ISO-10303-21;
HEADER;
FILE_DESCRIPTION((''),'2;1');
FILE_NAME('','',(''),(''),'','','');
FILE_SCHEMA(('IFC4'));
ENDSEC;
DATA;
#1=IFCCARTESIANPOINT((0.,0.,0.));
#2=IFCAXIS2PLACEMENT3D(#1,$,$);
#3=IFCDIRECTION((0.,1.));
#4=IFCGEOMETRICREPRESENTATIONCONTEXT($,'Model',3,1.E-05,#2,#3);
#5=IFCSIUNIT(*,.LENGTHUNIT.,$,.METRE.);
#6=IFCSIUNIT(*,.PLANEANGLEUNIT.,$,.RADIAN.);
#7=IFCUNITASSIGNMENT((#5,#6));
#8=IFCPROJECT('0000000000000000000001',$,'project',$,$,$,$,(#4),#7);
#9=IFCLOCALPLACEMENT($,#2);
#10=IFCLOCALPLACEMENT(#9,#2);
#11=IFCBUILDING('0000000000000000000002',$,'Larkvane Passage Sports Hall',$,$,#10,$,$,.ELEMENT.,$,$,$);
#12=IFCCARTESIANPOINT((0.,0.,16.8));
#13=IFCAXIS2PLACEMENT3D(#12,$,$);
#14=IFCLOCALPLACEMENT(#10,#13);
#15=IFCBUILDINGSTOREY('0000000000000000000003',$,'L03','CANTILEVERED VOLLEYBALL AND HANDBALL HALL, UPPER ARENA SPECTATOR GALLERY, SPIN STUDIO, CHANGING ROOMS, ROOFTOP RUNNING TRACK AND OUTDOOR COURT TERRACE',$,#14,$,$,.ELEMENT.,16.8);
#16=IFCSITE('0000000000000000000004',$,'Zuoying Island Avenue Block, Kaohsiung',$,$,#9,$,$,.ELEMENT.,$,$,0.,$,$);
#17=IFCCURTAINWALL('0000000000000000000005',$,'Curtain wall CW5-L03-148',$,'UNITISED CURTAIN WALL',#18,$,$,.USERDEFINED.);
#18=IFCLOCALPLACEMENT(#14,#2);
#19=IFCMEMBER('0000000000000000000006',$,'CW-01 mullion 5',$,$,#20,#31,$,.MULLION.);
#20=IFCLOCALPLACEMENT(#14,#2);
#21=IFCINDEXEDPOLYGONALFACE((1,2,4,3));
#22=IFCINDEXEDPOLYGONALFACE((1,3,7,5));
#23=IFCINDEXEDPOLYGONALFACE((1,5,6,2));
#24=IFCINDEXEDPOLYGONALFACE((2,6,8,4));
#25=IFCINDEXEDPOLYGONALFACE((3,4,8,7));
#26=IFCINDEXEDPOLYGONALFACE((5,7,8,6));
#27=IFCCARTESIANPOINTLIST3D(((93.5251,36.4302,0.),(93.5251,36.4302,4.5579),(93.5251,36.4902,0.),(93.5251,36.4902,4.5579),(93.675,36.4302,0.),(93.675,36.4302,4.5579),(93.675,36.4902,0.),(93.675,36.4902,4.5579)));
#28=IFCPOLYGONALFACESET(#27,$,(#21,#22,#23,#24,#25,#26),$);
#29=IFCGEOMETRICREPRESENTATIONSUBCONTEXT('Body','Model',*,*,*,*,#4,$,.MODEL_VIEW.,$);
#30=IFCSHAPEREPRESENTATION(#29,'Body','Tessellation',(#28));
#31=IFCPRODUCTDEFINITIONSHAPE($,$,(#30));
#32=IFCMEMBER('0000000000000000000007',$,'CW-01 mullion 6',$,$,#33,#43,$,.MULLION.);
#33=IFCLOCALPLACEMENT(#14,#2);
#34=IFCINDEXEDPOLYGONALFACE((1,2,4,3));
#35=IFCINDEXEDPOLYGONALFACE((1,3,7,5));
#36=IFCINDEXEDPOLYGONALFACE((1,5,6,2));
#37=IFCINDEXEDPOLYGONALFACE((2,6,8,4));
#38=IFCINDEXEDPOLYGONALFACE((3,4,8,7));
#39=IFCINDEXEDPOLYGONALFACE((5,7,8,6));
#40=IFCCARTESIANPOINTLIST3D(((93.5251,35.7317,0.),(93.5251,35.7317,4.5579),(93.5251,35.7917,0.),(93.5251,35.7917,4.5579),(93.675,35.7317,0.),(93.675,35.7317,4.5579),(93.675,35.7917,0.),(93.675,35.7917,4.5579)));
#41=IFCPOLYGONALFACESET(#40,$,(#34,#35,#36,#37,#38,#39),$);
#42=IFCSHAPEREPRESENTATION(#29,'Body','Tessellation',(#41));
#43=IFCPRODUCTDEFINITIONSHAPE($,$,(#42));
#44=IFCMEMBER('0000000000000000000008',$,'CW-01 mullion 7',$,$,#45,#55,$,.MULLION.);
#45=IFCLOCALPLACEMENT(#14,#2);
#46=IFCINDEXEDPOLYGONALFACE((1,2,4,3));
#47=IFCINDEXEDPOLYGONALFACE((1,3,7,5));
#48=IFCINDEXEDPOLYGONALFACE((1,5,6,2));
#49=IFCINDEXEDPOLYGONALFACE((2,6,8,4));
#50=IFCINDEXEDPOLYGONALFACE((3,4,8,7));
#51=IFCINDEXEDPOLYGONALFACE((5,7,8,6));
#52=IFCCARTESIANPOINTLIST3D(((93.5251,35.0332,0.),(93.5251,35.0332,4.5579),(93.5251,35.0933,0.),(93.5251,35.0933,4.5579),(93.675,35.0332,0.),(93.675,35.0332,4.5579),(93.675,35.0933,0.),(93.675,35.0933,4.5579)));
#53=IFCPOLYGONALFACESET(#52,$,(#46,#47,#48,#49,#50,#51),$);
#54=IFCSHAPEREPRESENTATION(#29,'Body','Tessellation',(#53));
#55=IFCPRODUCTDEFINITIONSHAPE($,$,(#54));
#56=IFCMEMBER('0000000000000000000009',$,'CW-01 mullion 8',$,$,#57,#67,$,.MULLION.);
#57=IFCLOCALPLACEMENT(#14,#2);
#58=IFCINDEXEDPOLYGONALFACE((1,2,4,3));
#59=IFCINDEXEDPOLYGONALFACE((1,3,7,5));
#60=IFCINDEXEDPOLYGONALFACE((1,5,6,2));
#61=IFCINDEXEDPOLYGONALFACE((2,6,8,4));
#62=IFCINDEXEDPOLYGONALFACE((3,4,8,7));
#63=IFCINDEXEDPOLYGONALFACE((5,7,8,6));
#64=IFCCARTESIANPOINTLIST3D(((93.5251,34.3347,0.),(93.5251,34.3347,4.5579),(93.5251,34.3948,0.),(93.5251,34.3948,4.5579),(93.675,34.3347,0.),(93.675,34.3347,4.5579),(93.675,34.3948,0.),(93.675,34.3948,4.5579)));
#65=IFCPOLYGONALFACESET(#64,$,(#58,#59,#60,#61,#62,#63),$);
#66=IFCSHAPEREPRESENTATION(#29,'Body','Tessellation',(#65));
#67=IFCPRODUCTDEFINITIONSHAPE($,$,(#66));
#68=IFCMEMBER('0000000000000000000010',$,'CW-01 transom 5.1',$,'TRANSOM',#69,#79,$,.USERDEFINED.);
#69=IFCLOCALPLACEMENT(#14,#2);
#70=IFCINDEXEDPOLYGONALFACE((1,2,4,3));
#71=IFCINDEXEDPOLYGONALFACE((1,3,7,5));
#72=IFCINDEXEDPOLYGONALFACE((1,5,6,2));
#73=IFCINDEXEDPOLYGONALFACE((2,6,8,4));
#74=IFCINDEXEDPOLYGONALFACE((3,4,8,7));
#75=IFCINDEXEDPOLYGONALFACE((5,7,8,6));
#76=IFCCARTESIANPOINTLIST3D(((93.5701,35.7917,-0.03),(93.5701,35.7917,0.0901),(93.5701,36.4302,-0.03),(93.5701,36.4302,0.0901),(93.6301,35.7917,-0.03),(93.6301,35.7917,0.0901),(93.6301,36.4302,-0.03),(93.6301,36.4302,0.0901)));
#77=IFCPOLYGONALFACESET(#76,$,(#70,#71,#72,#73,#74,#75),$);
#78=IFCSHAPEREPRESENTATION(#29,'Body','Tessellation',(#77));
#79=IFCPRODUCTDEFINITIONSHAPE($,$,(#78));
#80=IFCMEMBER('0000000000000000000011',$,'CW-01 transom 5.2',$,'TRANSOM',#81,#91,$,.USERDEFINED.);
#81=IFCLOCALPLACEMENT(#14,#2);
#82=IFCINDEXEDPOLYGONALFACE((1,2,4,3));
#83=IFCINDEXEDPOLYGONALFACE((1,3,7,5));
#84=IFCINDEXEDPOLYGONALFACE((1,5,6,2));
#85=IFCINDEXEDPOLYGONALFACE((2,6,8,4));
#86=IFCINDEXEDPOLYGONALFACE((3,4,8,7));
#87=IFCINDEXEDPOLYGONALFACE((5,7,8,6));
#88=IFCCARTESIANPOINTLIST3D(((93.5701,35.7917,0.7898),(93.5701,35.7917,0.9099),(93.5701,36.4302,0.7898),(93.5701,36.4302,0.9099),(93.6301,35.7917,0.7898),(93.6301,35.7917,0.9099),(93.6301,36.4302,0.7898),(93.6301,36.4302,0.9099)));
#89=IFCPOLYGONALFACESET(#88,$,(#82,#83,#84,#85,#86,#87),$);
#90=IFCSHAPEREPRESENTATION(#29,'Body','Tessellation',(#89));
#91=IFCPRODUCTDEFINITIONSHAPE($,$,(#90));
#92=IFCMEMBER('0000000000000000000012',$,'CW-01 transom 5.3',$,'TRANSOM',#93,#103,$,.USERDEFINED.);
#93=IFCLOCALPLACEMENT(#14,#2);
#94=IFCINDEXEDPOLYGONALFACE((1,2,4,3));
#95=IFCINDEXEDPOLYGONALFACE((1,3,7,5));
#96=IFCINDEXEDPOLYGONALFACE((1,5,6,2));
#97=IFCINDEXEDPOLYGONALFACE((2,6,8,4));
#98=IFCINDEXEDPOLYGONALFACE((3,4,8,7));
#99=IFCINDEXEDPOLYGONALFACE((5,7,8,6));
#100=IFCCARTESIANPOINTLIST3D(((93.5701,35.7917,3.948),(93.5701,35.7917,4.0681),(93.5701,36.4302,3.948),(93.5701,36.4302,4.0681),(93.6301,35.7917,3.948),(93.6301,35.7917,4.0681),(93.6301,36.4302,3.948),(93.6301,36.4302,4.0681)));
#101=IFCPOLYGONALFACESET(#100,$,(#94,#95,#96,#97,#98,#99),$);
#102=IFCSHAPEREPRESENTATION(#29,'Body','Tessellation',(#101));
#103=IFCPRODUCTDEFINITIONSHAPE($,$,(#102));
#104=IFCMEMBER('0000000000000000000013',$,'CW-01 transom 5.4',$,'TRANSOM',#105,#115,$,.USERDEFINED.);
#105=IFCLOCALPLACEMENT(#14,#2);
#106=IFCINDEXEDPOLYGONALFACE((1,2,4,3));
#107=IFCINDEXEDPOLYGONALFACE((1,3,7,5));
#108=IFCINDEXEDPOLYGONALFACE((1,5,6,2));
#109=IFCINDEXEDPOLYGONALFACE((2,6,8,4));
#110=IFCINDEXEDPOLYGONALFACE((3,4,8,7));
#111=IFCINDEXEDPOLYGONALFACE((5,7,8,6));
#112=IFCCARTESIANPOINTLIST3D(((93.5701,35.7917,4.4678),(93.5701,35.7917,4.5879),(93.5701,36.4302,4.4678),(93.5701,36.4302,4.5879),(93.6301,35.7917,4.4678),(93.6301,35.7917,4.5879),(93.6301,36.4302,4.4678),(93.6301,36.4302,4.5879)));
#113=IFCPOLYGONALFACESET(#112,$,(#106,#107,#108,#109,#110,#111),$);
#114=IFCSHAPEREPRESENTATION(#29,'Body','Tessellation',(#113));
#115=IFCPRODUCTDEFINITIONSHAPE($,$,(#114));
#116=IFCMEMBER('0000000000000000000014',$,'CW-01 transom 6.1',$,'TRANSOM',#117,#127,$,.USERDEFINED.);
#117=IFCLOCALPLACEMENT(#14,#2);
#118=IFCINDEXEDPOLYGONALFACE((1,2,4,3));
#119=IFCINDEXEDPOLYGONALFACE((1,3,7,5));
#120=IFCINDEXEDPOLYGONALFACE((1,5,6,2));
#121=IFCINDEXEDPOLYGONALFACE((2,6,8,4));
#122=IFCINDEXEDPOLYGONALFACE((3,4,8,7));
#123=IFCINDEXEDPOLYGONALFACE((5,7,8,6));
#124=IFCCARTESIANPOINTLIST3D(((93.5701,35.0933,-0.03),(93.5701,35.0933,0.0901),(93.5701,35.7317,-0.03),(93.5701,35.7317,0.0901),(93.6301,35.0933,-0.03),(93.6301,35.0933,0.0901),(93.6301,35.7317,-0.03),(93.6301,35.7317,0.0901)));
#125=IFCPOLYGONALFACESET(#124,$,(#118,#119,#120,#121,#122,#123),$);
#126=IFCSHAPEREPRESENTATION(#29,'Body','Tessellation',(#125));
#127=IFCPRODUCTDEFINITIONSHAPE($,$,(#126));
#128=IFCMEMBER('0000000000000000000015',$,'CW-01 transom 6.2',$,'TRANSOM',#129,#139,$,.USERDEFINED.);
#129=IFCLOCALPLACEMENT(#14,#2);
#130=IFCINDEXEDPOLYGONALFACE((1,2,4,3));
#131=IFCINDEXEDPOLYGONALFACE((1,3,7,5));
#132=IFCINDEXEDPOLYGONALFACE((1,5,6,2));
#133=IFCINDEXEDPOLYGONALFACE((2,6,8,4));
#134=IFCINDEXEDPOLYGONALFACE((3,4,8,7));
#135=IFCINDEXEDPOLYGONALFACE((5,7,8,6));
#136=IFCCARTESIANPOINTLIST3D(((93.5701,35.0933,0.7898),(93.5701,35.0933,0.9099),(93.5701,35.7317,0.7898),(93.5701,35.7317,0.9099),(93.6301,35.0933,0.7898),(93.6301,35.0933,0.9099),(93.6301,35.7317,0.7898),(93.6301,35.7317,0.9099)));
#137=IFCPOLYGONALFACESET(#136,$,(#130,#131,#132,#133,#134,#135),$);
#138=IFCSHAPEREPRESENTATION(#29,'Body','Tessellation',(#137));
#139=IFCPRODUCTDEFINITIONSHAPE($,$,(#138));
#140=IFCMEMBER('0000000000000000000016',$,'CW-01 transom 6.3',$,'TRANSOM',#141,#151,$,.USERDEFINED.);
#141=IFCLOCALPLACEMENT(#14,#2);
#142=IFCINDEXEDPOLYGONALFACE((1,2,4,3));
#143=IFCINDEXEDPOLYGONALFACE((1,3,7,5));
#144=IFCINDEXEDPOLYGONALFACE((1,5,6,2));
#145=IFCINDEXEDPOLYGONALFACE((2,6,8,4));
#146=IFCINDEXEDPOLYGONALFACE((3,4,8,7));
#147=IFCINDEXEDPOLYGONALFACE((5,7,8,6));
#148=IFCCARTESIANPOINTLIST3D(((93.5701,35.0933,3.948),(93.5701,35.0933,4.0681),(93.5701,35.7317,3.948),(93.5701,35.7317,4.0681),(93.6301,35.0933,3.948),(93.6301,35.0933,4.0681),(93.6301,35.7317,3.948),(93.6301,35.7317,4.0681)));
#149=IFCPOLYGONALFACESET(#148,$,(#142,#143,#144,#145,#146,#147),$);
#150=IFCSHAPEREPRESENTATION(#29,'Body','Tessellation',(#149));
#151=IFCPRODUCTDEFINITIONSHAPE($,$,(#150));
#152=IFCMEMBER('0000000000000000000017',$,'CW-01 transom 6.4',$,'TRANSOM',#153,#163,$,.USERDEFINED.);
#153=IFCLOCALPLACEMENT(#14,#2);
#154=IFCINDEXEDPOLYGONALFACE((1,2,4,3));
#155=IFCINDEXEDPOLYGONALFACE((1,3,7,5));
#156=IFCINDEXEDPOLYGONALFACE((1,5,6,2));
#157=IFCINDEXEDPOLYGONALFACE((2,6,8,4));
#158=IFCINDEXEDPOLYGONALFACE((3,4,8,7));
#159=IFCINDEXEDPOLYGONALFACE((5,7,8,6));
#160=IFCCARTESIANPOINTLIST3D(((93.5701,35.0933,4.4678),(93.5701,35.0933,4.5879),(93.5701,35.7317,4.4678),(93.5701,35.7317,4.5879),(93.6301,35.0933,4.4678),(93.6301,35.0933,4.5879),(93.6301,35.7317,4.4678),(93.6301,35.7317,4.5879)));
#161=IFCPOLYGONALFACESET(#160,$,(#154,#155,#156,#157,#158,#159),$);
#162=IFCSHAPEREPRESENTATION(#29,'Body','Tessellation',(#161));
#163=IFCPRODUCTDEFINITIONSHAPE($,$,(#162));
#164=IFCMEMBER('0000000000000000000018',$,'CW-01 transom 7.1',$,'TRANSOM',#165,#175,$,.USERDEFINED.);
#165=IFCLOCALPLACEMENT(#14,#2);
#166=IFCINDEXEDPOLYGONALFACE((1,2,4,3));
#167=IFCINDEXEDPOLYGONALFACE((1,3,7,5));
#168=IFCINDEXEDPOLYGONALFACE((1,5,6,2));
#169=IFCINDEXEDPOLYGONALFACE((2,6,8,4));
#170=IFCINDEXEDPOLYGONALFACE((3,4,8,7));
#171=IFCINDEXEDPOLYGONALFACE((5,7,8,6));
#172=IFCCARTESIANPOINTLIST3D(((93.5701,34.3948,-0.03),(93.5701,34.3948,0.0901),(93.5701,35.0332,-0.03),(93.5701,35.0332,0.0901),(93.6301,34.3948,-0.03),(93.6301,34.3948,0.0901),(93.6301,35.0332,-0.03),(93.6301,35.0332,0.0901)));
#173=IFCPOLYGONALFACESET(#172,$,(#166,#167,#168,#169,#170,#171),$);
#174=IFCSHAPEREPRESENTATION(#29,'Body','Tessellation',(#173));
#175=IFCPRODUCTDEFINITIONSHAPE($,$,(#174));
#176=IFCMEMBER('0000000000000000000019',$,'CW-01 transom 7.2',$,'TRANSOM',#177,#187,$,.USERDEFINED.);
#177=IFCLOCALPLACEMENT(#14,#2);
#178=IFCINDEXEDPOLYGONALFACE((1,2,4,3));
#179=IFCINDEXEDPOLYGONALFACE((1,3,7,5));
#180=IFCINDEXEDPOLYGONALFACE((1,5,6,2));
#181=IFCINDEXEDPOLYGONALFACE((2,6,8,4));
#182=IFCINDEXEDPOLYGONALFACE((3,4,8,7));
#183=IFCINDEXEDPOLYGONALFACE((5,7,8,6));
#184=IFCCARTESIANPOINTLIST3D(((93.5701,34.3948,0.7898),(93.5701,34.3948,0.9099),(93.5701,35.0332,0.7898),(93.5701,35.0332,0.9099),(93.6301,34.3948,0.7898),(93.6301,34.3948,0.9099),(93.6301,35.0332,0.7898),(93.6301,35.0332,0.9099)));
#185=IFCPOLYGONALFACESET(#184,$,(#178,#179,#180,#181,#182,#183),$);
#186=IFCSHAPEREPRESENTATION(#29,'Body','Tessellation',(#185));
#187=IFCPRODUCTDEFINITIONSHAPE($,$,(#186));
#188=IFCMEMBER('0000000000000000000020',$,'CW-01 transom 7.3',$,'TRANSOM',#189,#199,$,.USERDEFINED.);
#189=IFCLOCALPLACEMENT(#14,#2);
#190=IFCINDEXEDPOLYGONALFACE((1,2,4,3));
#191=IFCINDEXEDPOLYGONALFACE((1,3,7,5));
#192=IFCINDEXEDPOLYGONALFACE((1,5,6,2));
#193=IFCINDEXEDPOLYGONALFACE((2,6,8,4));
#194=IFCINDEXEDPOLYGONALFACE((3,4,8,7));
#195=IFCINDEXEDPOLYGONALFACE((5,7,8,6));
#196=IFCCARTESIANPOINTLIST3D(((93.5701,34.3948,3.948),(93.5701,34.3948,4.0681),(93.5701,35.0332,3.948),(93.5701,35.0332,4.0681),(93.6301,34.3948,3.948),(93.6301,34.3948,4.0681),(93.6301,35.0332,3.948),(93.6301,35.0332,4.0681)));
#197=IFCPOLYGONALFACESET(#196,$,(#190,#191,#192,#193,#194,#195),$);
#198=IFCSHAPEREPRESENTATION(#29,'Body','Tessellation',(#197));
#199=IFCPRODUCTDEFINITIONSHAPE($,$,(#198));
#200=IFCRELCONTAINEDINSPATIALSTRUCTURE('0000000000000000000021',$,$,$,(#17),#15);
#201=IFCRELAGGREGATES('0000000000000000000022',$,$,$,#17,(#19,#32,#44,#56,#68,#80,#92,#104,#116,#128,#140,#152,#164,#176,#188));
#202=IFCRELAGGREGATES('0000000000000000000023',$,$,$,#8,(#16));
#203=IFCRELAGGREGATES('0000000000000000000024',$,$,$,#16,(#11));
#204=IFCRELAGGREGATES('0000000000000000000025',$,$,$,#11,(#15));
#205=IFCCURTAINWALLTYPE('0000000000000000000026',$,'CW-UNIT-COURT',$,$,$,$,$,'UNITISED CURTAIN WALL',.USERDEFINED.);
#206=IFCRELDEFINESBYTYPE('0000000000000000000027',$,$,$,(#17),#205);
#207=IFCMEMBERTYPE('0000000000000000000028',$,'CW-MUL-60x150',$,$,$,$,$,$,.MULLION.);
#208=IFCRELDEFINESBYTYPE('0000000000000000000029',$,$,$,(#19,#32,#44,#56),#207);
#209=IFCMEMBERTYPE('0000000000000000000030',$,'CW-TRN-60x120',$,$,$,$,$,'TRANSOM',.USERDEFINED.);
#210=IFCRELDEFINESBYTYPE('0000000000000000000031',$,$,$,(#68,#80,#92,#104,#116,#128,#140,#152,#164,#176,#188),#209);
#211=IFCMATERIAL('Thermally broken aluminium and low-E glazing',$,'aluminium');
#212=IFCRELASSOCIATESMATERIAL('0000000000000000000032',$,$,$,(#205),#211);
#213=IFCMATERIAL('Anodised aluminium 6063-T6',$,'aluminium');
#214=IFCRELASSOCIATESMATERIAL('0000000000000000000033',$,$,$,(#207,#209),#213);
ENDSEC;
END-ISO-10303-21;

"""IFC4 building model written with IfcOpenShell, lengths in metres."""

from ifc_helpers import new_model, si_unit, direction, frame, origin, origin_2d, place, context, subcontext, project, spatial, rectangle, extrude, material, material_profile, profile_set, type_object, element, aggregate, save


model = new_model("IFC4")

# Units and contexts
model_context = context("Model", 3, precision=1e-05, world=origin(), true_north=direction((0.0, 1.0)))
body_context = subcontext(model_context, "Body", "Model", "MODEL_VIEW")
ifc_project = project(units=[si_unit("LENGTHUNIT", "METRE"), si_unit("PLANEANGLEUNIT", "RADIAN")], contexts=[model_context])

# Site, building, storey
site_placement = place(None, origin())
site = spatial("IfcSite", under=ifc_project, at=site_placement, Name="Zuoying Island Avenue Block, Kaohsiung", CompositionType="ELEMENT", RefElevation=0.0)
building_placement = place(site_placement, origin())
building = spatial("IfcBuilding", under=site, at=building_placement, Name="Larkvane Passage Sports Hall", CompositionType="ELEMENT")
storey_placement = place(building_placement, frame((0.0, 0.0, 16.8)))
storey = spatial("IfcBuildingStorey", under=building, at=storey_placement, Name="L03", Description="CANTILEVERED VOLLEYBALL AND HANDBALL HALL, UPPER ARENA SPECTATOR GALLERY, SPIN STUDIO, CHANGING ROOMS, ROOFTOP RUNNING TRACK AND OUTDOOR COURT TERRACE", CompositionType="ELEMENT", Elevation=16.8)

# Curtain wall, members
ifc_material_1 = material(Name="Thermally broken aluminium and low-E glazing", Category="aluminium")
curtain_wall_type = type_object("IfcCurtainWallType", Name="CW-UNIT-COURT", ElementType="UNITISED CURTAIN WALL", PredefinedType="USERDEFINED", material=ifc_material_1)
curtain_wall_placement = place(storey_placement, origin())
curtain_wall = element("IfcCurtainWall", 1, at=curtain_wall_placement, inside=storey, type_object=curtain_wall_type, Name="Curtain wall CW5-L03-148", ObjectType="UNITISED CURTAIN WALL", PredefinedType="USERDEFINED")
ifc_material_2 = material(Name="Anodised aluminium 6063-T6", Category="aluminium")
ifc_material_profile_1 = material_profile(ifc_material_2, rectangle(XDim=0.0601, YDim=0.1499, at=origin_2d()), Name="ALU-MUL-60x150")
ifc_profile_set_1 = profile_set([ifc_material_profile_1], Name="Anodised aluminium 6063-T6")
member_type_1 = type_object("IfcMemberType", Name="CW-MUL-60x150", PredefinedType="MULLION", material=ifc_profile_set_1)
member_1_placement = place(storey_placement, frame((93.6001, 36.4602, 0.0), z_axis=(0.0, 0.0, 1.0), x_axis=(0.0, -1.0, 0.0)))
member_1 = element("IfcMember", 2, at=member_1_placement, type_object=member_type_1, Name="CW-01 mullion 5", PredefinedType="MULLION", context=body_context, shape_type="SweptSolid", body=[
    extrude(rectangle(XDim=0.0601, YDim=0.1499, at=origin_2d()), origin(), (0.0, 0.0, 1.0), 4.5579),
])
member_2_placement = place(storey_placement, frame((93.6001, 35.7617, 0.0), z_axis=(0.0, 0.0, 1.0), x_axis=(0.0, -1.0, 0.0)))
member_2 = element("IfcMember", 3, at=member_2_placement, type_object=member_type_1, Name="CW-01 mullion 6", PredefinedType="MULLION", context=body_context, shape_type="SweptSolid", body=[
    extrude(rectangle(XDim=0.0601, YDim=0.1499, at=origin_2d()), origin(), (0.0, 0.0, 1.0), 4.5579),
])
member_3_placement = place(storey_placement, frame((93.6001, 35.0632, 0.0), z_axis=(0.0, 0.0, 1.0), x_axis=(0.0, -1.0, 0.0)))
member_3 = element("IfcMember", 4, at=member_3_placement, type_object=member_type_1, Name="CW-01 mullion 7", PredefinedType="MULLION", context=body_context, shape_type="SweptSolid", body=[
    extrude(rectangle(XDim=0.0601, YDim=0.1499, at=origin_2d()), origin(), (0.0, 0.0, 1.0), 4.5579),
])
member_4_placement = place(storey_placement, frame((93.6001, 34.3647, 0.0), z_axis=(0.0, 0.0, 1.0), x_axis=(0.0, -1.0, 0.0)))
member_4 = element("IfcMember", 5, at=member_4_placement, type_object=member_type_1, Name="CW-01 mullion 8", PredefinedType="MULLION", context=body_context, shape_type="SweptSolid", body=[
    extrude(rectangle(XDim=0.0601, YDim=0.1499, at=origin_2d()), origin(), (0.0, 0.0, 1.0), 4.5579),
])
ifc_material_profile_2 = material_profile(ifc_material_2, rectangle(XDim=0.0601, YDim=0.1201, at=origin_2d()), Name="ALU-TRN-60x120")
ifc_profile_set_2 = profile_set([ifc_material_profile_2], Name="Anodised aluminium 6063-T6")
member_type_2 = type_object("IfcMemberType", Name="CW-TRN-60x120", ElementType="TRANSOM", PredefinedType="USERDEFINED", material=ifc_profile_set_2)
member_5_placement = place(storey_placement, frame((93.6001, 36.4302, 0.03), z_axis=(0.0, -1.0, 0.0), x_axis=(1.0, 0.0, 0.0)))
member_5 = element("IfcMember", 6, at=member_5_placement, type_object=member_type_2, Name="CW-01 transom 5.1", ObjectType="TRANSOM", PredefinedType="USERDEFINED", context=body_context, shape_type="SweptSolid", body=[
    extrude(rectangle(XDim=0.0601, YDim=0.1201, at=origin_2d()), origin(), (0.0, 0.0, 1.0), 0.6384),
])
member_6_placement = place(storey_placement, frame((93.6001, 36.4302, 0.8499), z_axis=(0.0, -1.0, 0.0), x_axis=(1.0, 0.0, 0.0)))
member_6 = element("IfcMember", 7, at=member_6_placement, type_object=member_type_2, Name="CW-01 transom 5.2", ObjectType="TRANSOM", PredefinedType="USERDEFINED", context=body_context, shape_type="SweptSolid", body=[
    extrude(rectangle(XDim=0.0601, YDim=0.1201, at=origin_2d()), origin(), (0.0, 0.0, 1.0), 0.6384),
])
member_7_placement = place(storey_placement, frame((93.6001, 36.4302, 4.0081), z_axis=(0.0, -1.0, 0.0), x_axis=(1.0, 0.0, 0.0)))
member_7 = element("IfcMember", 8, at=member_7_placement, type_object=member_type_2, Name="CW-01 transom 5.3", ObjectType="TRANSOM", PredefinedType="USERDEFINED", context=body_context, shape_type="SweptSolid", body=[
    extrude(rectangle(XDim=0.0601, YDim=0.1201, at=origin_2d()), origin(), (0.0, 0.0, 1.0), 0.6384),
])
member_8_placement = place(storey_placement, frame((93.6001, 36.4302, 4.5278), z_axis=(0.0, -1.0, 0.0), x_axis=(1.0, 0.0, 0.0)))
member_8 = element("IfcMember", 9, at=member_8_placement, type_object=member_type_2, Name="CW-01 transom 5.4", ObjectType="TRANSOM", PredefinedType="USERDEFINED", context=body_context, shape_type="SweptSolid", body=[
    extrude(rectangle(XDim=0.0601, YDim=0.1201, at=origin_2d()), origin(), (0.0, 0.0, 1.0), 0.6384),
])
member_9_placement = place(storey_placement, frame((93.6001, 35.7317, 0.03), z_axis=(0.0, -1.0, 0.0), x_axis=(1.0, 0.0, 0.0)))
member_9 = element("IfcMember", 10, at=member_9_placement, type_object=member_type_2, Name="CW-01 transom 6.1", ObjectType="TRANSOM", PredefinedType="USERDEFINED", context=body_context, shape_type="SweptSolid", body=[
    extrude(rectangle(XDim=0.0601, YDim=0.1201, at=origin_2d()), origin(), (0.0, 0.0, 1.0), 0.6384),
])
member_10_placement = place(storey_placement, frame((93.6001, 35.7317, 0.8499), z_axis=(0.0, -1.0, 0.0), x_axis=(1.0, 0.0, 0.0)))
member_10 = element("IfcMember", 11, at=member_10_placement, type_object=member_type_2, Name="CW-01 transom 6.2", ObjectType="TRANSOM", PredefinedType="USERDEFINED", context=body_context, shape_type="SweptSolid", body=[
    extrude(rectangle(XDim=0.0601, YDim=0.1201, at=origin_2d()), origin(), (0.0, 0.0, 1.0), 0.6384),
])
member_11_placement = place(storey_placement, frame((93.6001, 35.7317, 4.0081), z_axis=(0.0, -1.0, 0.0), x_axis=(1.0, 0.0, 0.0)))
member_11 = element("IfcMember", 12, at=member_11_placement, type_object=member_type_2, Name="CW-01 transom 6.3", ObjectType="TRANSOM", PredefinedType="USERDEFINED", context=body_context, shape_type="SweptSolid", body=[
    extrude(rectangle(XDim=0.0601, YDim=0.1201, at=origin_2d()), origin(), (0.0, 0.0, 1.0), 0.6384),
])
member_12_placement = place(storey_placement, frame((93.6001, 35.7317, 4.5278), z_axis=(0.0, -1.0, 0.0), x_axis=(1.0, 0.0, 0.0)))
member_12 = element("IfcMember", 13, at=member_12_placement, type_object=member_type_2, Name="CW-01 transom 6.4", ObjectType="TRANSOM", PredefinedType="USERDEFINED", context=body_context, shape_type="SweptSolid", body=[
    extrude(rectangle(XDim=0.0601, YDim=0.1201, at=origin_2d()), origin(), (0.0, 0.0, 1.0), 0.6384),
])
member_13_placement = place(storey_placement, frame((93.6001, 35.0332, 0.03), z_axis=(0.0, -1.0, 0.0), x_axis=(1.0, 0.0, 0.0)))
member_13 = element("IfcMember", 14, at=member_13_placement, type_object=member_type_2, Name="CW-01 transom 7.1", ObjectType="TRANSOM", PredefinedType="USERDEFINED", context=body_context, shape_type="SweptSolid", body=[
    extrude(rectangle(XDim=0.0601, YDim=0.1201, at=origin_2d()), origin(), (0.0, 0.0, 1.0), 0.6384),
])
member_14_placement = place(storey_placement, frame((93.6001, 35.0332, 0.8499), z_axis=(0.0, -1.0, 0.0), x_axis=(1.0, 0.0, 0.0)))
member_14 = element("IfcMember", 15, at=member_14_placement, type_object=member_type_2, Name="CW-01 transom 7.2", ObjectType="TRANSOM", PredefinedType="USERDEFINED", context=body_context, shape_type="SweptSolid", body=[
    extrude(rectangle(XDim=0.0601, YDim=0.1201, at=origin_2d()), origin(), (0.0, 0.0, 1.0), 0.6384),
])
member_15_placement = place(storey_placement, frame((93.6001, 35.0332, 4.0081), z_axis=(0.0, -1.0, 0.0), x_axis=(1.0, 0.0, 0.0)))
member_15 = element("IfcMember", 16, at=member_15_placement, type_object=member_type_2, Name="CW-01 transom 7.3", ObjectType="TRANSOM", PredefinedType="USERDEFINED", context=body_context, shape_type="SweptSolid", body=[
    extrude(rectangle(XDim=0.0601, YDim=0.1201, at=origin_2d()), origin(), (0.0, 0.0, 1.0), 0.6384),
])
aggregate(curtain_wall, [member_1, member_2, member_3, member_4, member_5, member_6, member_7, member_8, member_9, member_10, member_11, member_12, member_13, member_14, member_15])

save(model, "model.ifc")
